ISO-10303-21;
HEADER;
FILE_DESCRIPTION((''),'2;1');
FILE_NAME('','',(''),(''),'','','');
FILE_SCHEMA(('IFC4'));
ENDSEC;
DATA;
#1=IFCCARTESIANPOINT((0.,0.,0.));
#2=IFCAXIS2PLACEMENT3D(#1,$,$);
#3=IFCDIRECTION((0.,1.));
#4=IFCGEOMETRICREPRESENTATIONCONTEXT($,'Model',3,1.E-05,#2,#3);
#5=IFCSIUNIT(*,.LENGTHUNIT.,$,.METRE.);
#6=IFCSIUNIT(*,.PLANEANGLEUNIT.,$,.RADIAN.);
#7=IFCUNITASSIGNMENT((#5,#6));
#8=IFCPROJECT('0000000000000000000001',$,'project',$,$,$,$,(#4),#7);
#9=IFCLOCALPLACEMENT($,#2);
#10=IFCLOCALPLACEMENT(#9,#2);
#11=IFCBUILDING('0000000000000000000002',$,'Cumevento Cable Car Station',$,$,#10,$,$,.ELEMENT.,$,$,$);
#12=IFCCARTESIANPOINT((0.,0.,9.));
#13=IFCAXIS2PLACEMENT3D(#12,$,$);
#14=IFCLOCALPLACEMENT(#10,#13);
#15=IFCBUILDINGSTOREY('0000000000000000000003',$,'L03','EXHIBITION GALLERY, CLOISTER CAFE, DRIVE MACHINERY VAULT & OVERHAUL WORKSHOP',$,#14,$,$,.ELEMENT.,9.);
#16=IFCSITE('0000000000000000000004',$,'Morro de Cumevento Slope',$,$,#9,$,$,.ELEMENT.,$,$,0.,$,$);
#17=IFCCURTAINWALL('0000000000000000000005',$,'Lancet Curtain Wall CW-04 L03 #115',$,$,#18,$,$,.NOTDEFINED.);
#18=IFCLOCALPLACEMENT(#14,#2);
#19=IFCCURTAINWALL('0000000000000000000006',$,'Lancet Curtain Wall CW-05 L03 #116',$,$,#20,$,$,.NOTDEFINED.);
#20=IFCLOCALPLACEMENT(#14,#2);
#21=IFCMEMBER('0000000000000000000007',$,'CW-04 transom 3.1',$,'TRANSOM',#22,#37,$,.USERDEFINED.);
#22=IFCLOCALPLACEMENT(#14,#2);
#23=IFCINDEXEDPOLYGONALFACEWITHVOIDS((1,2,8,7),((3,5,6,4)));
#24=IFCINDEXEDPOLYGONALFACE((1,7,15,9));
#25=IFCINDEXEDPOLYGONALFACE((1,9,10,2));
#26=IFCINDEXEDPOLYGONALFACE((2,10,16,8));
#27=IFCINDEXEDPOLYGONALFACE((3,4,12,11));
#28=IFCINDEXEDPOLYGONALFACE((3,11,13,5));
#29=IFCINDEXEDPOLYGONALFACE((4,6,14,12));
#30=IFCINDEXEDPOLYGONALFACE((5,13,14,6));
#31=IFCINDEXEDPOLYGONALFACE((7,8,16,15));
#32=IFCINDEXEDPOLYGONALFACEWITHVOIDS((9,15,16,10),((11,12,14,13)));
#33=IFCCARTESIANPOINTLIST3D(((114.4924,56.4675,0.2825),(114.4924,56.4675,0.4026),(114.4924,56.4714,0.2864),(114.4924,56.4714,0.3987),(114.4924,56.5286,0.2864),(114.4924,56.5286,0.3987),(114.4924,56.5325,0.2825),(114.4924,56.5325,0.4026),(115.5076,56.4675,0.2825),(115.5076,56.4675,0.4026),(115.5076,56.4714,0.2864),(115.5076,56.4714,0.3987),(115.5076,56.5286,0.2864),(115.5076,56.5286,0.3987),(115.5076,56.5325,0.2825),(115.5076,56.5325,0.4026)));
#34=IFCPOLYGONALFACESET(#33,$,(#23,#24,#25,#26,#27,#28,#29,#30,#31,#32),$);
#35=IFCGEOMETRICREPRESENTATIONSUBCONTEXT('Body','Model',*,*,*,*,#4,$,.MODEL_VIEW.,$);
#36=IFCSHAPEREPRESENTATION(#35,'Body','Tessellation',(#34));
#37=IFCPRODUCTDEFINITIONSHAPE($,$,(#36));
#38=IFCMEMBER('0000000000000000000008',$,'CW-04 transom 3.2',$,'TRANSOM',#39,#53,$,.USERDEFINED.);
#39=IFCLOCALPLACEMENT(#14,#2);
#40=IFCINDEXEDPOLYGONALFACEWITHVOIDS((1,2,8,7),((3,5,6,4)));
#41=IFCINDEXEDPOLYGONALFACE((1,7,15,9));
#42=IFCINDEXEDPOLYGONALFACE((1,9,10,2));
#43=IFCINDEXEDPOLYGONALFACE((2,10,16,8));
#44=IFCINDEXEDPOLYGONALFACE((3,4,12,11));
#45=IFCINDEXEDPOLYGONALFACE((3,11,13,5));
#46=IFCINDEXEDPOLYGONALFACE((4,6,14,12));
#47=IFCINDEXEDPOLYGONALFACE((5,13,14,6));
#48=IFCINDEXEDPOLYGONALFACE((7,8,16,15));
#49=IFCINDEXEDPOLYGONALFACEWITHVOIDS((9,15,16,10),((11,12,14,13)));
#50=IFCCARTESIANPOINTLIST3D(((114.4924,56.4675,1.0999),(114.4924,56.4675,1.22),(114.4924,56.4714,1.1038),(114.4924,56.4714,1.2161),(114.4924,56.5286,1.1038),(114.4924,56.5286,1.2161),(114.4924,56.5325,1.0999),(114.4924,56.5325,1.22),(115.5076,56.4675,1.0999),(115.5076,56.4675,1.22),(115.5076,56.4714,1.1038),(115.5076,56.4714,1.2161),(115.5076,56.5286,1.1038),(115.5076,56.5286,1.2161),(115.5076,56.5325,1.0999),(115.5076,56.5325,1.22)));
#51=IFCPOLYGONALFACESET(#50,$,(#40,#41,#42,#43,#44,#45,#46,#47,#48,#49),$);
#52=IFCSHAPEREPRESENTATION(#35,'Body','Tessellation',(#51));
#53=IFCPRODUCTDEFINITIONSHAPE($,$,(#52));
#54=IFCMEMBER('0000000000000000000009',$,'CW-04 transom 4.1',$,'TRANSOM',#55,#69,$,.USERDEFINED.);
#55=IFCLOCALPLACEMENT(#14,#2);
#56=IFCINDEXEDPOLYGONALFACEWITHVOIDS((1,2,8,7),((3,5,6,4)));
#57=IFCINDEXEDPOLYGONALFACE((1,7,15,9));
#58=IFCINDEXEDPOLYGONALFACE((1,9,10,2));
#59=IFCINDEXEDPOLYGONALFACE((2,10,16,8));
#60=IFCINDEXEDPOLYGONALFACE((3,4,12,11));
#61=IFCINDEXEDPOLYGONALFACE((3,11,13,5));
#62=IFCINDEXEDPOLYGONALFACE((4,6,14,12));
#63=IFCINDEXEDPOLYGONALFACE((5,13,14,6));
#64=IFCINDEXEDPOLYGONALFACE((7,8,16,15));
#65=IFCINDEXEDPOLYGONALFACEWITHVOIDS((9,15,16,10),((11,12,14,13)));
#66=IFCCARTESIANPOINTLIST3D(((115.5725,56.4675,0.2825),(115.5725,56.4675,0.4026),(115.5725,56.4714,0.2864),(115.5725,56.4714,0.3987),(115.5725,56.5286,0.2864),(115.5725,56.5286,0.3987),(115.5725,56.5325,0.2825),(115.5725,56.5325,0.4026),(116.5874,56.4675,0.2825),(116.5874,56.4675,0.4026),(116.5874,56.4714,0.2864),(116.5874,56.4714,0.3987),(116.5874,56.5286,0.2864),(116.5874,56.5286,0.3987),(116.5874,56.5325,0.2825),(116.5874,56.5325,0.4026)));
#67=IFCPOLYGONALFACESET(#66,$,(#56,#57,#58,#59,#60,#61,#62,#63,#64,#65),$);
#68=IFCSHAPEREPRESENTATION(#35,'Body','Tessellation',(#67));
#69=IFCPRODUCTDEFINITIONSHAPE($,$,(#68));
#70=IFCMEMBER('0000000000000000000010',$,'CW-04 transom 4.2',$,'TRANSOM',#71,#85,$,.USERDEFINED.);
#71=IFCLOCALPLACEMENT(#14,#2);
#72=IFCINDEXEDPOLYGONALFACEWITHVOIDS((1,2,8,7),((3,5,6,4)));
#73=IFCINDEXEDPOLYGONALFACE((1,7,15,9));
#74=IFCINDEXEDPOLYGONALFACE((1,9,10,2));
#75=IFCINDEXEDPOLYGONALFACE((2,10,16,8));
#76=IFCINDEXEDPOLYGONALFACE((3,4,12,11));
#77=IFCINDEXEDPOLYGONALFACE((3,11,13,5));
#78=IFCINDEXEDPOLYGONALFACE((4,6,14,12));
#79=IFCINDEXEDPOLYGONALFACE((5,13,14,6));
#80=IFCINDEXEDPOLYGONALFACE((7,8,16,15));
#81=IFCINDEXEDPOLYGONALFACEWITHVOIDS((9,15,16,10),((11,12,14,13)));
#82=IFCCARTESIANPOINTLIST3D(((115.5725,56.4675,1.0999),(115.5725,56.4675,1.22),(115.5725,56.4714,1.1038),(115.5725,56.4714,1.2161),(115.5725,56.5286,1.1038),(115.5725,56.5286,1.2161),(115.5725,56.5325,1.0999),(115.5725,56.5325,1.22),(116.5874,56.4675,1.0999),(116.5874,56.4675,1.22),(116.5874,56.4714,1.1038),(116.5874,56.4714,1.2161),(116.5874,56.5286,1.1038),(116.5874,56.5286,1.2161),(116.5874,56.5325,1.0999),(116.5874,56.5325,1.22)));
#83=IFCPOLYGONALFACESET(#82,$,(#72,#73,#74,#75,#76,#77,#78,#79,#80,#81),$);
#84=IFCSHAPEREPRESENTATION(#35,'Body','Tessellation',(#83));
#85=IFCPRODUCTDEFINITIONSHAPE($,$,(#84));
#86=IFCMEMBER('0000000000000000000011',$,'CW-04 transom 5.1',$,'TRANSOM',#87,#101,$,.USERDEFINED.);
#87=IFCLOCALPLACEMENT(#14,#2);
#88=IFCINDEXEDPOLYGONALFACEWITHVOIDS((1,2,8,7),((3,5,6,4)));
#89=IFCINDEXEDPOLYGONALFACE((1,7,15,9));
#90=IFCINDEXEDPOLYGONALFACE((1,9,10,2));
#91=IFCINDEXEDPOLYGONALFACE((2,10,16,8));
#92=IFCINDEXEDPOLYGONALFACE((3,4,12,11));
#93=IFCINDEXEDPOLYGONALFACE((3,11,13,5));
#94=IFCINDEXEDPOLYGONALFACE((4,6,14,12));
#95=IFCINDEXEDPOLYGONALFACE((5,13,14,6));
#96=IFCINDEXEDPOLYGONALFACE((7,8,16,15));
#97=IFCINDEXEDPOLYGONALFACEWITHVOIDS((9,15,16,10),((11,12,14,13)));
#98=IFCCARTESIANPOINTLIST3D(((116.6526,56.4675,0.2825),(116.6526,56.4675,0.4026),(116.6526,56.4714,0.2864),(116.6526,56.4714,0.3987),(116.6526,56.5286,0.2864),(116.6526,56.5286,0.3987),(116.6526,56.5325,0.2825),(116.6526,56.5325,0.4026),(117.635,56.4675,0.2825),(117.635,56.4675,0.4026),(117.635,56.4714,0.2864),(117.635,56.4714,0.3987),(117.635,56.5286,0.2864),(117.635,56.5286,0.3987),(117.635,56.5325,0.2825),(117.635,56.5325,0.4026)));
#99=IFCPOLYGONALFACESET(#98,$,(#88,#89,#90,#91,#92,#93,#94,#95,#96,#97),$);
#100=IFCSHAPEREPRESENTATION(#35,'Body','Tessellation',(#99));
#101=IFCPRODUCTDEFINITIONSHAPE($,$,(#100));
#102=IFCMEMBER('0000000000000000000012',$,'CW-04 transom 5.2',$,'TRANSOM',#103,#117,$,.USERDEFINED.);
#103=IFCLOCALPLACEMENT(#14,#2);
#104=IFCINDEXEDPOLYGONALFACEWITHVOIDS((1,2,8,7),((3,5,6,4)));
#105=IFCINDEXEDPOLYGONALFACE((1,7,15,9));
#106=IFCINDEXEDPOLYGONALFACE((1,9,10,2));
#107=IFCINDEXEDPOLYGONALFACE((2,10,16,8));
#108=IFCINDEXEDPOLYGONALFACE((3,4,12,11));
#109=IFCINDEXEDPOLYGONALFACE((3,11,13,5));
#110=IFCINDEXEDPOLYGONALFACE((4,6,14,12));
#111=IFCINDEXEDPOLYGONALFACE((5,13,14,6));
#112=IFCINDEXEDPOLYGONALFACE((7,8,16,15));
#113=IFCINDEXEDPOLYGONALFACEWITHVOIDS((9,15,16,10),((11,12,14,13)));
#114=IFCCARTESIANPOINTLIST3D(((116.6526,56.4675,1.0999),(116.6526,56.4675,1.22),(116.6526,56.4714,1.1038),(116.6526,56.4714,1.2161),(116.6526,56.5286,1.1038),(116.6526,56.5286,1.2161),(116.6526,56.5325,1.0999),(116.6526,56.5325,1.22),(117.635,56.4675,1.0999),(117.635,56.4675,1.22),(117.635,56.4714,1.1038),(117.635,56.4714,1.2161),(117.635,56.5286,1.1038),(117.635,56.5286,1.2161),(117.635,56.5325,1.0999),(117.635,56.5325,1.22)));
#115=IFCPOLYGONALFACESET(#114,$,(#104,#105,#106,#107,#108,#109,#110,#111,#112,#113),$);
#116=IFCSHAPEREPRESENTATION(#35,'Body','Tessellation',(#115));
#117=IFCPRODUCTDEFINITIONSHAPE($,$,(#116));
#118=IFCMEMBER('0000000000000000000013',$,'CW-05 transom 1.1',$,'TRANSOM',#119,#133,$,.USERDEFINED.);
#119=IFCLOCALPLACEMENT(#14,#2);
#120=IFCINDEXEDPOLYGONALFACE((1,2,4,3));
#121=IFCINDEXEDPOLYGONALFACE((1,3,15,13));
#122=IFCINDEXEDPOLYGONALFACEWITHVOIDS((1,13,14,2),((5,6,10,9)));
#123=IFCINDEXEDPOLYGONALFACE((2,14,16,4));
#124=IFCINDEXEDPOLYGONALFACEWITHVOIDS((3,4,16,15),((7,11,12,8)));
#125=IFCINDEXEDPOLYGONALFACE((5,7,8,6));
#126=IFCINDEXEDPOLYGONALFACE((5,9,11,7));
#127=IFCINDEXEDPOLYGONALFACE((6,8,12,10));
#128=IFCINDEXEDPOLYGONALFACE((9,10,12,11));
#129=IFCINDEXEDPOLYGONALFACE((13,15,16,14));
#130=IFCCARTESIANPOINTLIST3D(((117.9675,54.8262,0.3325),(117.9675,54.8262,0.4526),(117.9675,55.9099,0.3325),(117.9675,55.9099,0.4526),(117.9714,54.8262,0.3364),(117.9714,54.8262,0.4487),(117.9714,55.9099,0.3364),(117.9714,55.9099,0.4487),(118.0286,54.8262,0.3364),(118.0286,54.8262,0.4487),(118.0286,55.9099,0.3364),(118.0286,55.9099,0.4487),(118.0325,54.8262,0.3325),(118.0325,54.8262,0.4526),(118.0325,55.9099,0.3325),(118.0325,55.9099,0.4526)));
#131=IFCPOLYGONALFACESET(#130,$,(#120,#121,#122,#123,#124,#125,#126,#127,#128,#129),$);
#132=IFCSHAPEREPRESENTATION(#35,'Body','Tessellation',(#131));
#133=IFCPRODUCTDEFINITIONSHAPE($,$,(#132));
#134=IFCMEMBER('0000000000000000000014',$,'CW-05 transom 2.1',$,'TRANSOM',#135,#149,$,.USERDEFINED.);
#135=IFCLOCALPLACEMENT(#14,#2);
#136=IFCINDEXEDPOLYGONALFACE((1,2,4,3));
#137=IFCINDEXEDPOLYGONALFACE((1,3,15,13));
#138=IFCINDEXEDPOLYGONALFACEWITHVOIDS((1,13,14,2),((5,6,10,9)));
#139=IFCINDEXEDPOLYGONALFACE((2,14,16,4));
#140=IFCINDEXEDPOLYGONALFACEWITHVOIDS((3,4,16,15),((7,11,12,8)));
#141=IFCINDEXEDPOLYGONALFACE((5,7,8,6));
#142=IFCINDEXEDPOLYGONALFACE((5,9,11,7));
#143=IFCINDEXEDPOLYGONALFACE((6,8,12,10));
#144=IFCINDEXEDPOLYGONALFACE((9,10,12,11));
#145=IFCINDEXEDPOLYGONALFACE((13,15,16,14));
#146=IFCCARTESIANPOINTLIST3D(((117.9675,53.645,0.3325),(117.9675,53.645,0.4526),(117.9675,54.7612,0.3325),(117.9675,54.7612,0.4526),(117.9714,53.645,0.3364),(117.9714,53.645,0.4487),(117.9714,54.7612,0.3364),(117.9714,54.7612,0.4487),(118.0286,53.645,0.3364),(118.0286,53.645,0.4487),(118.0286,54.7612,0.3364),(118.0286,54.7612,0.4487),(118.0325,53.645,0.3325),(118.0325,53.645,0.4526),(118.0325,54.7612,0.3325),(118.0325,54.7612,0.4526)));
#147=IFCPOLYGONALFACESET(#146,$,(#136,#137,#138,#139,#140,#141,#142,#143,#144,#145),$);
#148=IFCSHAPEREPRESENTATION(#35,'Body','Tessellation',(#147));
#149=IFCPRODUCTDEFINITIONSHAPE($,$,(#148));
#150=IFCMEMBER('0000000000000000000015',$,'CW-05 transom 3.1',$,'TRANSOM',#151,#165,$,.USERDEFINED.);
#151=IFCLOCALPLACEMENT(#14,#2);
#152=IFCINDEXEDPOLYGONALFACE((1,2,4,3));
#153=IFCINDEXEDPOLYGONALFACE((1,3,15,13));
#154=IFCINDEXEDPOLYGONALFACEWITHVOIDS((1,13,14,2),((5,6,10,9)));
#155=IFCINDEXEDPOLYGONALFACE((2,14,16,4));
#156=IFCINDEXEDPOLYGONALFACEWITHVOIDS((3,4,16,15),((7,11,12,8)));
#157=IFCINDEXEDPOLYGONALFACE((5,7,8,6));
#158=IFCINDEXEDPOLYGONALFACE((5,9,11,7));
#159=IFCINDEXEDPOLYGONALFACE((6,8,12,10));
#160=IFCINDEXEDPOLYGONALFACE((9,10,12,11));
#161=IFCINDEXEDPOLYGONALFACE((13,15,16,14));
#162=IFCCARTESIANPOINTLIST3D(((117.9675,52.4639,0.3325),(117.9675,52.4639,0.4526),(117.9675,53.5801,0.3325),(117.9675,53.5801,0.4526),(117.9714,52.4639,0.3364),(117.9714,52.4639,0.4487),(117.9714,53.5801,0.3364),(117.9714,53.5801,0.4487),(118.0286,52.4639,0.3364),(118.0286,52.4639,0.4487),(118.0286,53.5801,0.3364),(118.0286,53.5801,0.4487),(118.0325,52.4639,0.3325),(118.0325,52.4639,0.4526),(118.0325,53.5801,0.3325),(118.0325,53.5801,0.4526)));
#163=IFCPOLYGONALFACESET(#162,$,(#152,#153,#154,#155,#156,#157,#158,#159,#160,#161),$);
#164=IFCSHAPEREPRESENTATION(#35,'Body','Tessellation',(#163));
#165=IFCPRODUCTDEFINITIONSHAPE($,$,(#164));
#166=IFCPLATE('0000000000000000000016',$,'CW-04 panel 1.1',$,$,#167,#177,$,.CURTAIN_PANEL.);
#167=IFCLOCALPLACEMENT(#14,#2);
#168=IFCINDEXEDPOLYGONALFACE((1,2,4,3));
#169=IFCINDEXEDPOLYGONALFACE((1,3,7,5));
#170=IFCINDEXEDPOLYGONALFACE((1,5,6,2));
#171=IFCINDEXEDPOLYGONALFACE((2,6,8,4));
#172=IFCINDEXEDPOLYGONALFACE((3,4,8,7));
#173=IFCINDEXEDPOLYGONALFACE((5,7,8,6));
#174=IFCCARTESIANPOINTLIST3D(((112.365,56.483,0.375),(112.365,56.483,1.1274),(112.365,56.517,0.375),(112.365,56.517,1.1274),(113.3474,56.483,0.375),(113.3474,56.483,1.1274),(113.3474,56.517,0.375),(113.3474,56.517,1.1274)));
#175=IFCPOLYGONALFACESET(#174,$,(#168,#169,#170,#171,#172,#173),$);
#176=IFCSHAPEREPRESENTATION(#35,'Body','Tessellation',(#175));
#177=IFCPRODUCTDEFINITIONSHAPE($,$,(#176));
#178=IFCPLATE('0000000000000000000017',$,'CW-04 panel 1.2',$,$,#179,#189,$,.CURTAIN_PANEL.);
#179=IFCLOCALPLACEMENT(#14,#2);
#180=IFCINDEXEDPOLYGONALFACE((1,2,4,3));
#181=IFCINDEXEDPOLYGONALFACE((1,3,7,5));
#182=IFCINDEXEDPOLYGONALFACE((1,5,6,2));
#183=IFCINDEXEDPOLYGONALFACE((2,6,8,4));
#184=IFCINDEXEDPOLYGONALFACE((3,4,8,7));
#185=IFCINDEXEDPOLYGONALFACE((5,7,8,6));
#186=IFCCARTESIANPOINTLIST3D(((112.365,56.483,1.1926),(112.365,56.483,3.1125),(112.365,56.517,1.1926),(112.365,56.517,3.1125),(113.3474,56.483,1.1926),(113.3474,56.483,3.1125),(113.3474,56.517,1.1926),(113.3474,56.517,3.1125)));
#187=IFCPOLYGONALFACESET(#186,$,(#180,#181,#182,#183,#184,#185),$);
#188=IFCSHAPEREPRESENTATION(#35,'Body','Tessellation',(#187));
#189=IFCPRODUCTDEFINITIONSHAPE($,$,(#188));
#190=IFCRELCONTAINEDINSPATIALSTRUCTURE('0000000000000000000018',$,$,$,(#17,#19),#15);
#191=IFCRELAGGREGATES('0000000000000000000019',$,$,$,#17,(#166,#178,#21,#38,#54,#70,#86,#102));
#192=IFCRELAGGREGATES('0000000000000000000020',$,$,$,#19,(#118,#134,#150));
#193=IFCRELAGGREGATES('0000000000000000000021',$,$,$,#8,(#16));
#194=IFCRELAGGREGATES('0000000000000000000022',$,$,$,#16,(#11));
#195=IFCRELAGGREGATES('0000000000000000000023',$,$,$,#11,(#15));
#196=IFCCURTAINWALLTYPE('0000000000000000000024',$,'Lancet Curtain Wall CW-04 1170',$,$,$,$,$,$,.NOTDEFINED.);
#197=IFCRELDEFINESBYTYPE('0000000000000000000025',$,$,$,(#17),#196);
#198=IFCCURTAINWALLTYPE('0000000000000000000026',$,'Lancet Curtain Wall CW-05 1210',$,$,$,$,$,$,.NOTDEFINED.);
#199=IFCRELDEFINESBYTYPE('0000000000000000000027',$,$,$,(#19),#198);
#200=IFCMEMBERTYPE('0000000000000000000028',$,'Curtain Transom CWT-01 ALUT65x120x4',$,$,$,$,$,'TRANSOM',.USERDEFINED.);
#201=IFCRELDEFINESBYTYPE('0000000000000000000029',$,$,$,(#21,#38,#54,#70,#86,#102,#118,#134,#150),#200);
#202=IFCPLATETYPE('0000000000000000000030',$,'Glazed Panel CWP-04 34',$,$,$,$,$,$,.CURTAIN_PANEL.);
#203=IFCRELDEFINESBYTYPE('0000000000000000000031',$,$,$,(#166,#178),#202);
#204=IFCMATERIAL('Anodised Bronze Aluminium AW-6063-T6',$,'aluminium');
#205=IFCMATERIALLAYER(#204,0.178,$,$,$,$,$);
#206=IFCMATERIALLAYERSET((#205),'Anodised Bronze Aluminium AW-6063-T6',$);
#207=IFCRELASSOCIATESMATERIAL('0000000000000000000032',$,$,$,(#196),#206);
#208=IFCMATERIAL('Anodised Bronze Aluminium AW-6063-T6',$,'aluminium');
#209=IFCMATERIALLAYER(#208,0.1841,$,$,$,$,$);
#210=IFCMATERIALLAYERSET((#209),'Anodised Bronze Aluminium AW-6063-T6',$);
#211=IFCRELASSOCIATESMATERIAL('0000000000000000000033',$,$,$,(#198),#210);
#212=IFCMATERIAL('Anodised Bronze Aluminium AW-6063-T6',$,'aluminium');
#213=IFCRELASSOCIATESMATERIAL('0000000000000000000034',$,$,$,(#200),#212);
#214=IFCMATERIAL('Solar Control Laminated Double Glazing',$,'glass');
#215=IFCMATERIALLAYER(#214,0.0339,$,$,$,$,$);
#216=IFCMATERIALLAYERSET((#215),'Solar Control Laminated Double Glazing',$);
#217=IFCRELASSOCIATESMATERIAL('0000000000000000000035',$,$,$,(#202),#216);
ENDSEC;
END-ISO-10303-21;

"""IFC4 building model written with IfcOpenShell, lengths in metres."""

from ifc_helpers import new_model, si_unit, direction, frame, origin, origin_2d, place, context, subcontext, project, spatial, rectangle, hollow_rectangle, extrude, material, layer, layer_set, material_profile, profile_set, type_object, element, aggregate, save


model = new_model("IFC4")

# Units and contexts
model_context = context("Model", 3, precision=1e-05, world=origin(), true_north=direction((0.0, 1.0)))
body_context = subcontext(model_context, "Body", "Model", "MODEL_VIEW")
ifc_project = project(units=[si_unit("LENGTHUNIT", "METRE"), si_unit("PLANEANGLEUNIT", "RADIAN")], contexts=[model_context])

# Site, building, storey
site_placement = place(None, origin())
site = spatial("IfcSite", under=ifc_project, at=site_placement, Name="Morro de Cumevento Slope", CompositionType="ELEMENT", RefElevation=0.0)
building_placement = place(site_placement, origin())
building = spatial("IfcBuilding", under=site, at=building_placement, Name="Cumevento Cable Car Station", CompositionType="ELEMENT")
storey_placement = place(building_placement, frame((0.0, 0.0, 9.0)))
storey = spatial("IfcBuildingStorey", under=building, at=storey_placement, Name="L03", Description="EXHIBITION GALLERY, CLOISTER CAFE, DRIVE MACHINERY VAULT & OVERHAUL WORKSHOP", CompositionType="ELEMENT", Elevation=9.0)

# Curtain walls
ifc_material_1 = material(Name="Anodised Bronze Aluminium AW-6063-T6", Category="aluminium")
ifc_layer_1 = layer(ifc_material_1, 0.178)
ifc_layer_set_1 = layer_set([ifc_layer_1], Name="Anodised Bronze Aluminium AW-6063-T6")
curtain_wall_type_1 = type_object("IfcCurtainWallType", Name="Lancet Curtain Wall CW-04 1170", PredefinedType="NOTDEFINED", material=ifc_layer_set_1)
curtain_wall_1_placement = place(storey_placement, origin())
curtain_wall_1 = element("IfcCurtainWall", 1, at=curtain_wall_1_placement, inside=storey, type_object=curtain_wall_type_1, Name="Lancet Curtain Wall CW-04 L03 #115", PredefinedType="NOTDEFINED")
ifc_material_2 = material(Name="Anodised Bronze Aluminium AW-6063-T6", Category="aluminium")
ifc_layer_2 = layer(ifc_material_2, 0.1841)
ifc_layer_set_2 = layer_set([ifc_layer_2], Name="Anodised Bronze Aluminium AW-6063-T6")
curtain_wall_type_2 = type_object("IfcCurtainWallType", Name="Lancet Curtain Wall CW-05 1210", PredefinedType="NOTDEFINED", material=ifc_layer_set_2)
curtain_wall_2_placement = place(storey_placement, origin())
curtain_wall_2 = element("IfcCurtainWall", 2, at=curtain_wall_2_placement, inside=storey, type_object=curtain_wall_type_2, Name="Lancet Curtain Wall CW-05 L03 #116", PredefinedType="NOTDEFINED")

# Members
ifc_material_3 = material(Name="Anodised Bronze Aluminium AW-6063-T6", Category="aluminium")
ifc_material_profile_1 = material_profile(ifc_material_3, hollow_rectangle(XDim=0.0649, YDim=0.1201, WallThickness=0.0039, at=origin_2d()), Name="ALUT65x120x4")
ifc_profile_set_1 = profile_set([ifc_material_profile_1], Name="Anodised Bronze Aluminium AW-6063-T6")
member_type_1 = type_object("IfcMemberType", Name="Curtain Transom CWT-01 ALUT65x120x4", ElementType="TRANSOM", PredefinedType="USERDEFINED", material=ifc_profile_set_1)
member_1_placement = place(storey_placement, frame((114.4924, 56.5, 0.3425), z_axis=(1.0, 0.0, 0.0), x_axis=(0.0, 1.0, 0.0)))
member_1 = element("IfcMember", 3, at=member_1_placement, type_object=member_type_1, Name="CW-04 transom 3.1", ObjectType="TRANSOM", PredefinedType="USERDEFINED", context=body_context, shape_type="SweptSolid", body=[
    extrude(hollow_rectangle(XDim=0.0649, YDim=0.1201, WallThickness=0.0039, at=origin_2d()), origin(), (0.0, 0.0, 1.0), 1.0151),
])
member_2_placement = place(storey_placement, frame((114.4924, 56.5, 1.1599), z_axis=(1.0, 0.0, 0.0), x_axis=(0.0, 1.0, 0.0)))
member_2 = element("IfcMember", 4, at=member_2_placement, type_object=member_type_1, Name="CW-04 transom 3.2", ObjectType="TRANSOM", PredefinedType="USERDEFINED", context=body_context, shape_type="SweptSolid", body=[
    extrude(hollow_rectangle(XDim=0.0649, YDim=0.1201, WallThickness=0.0039, at=origin_2d()), origin(), (0.0, 0.0, 1.0), 1.0151),
])
member_3_placement = place(storey_placement, frame((115.5725, 56.5, 0.3425), z_axis=(1.0, 0.0, 0.0), x_axis=(0.0, 1.0, 0.0)))
member_3 = element("IfcMember", 5, at=member_3_placement, type_object=member_type_1, Name="CW-04 transom 4.1", ObjectType="TRANSOM", PredefinedType="USERDEFINED", context=body_context, shape_type="SweptSolid", body=[
    extrude(hollow_rectangle(XDim=0.0649, YDim=0.1201, WallThickness=0.0039, at=origin_2d()), origin(), (0.0, 0.0, 1.0), 1.0149),
])
member_4_placement = place(storey_placement, frame((115.5725, 56.5, 1.1599), z_axis=(1.0, 0.0, 0.0), x_axis=(0.0, 1.0, 0.0)))
member_4 = element("IfcMember", 6, at=member_4_placement, type_object=member_type_1, Name="CW-04 transom 4.2", ObjectType="TRANSOM", PredefinedType="USERDEFINED", context=body_context, shape_type="SweptSolid", body=[
    extrude(hollow_rectangle(XDim=0.0649, YDim=0.1201, WallThickness=0.0039, at=origin_2d()), origin(), (0.0, 0.0, 1.0), 1.0149),
])
member_5_placement = place(storey_placement, frame((116.6526, 56.5, 0.3425), z_axis=(1.0, 0.0, 0.0), x_axis=(0.0, 1.0, 0.0)))
member_5 = element("IfcMember", 7, at=member_5_placement, type_object=member_type_1, Name="CW-04 transom 5.1", ObjectType="TRANSOM", PredefinedType="USERDEFINED", context=body_context, shape_type="SweptSolid", body=[
    extrude(hollow_rectangle(XDim=0.0649, YDim=0.1201, WallThickness=0.0039, at=origin_2d()), origin(), (0.0, 0.0, 1.0), 0.9824),
])
member_6_placement = place(storey_placement, frame((116.6526, 56.5, 1.1599), z_axis=(1.0, 0.0, 0.0), x_axis=(0.0, 1.0, 0.0)))
member_6 = element("IfcMember", 8, at=member_6_placement, type_object=member_type_1, Name="CW-04 transom 5.2", ObjectType="TRANSOM", PredefinedType="USERDEFINED", context=body_context, shape_type="SweptSolid", body=[
    extrude(hollow_rectangle(XDim=0.0649, YDim=0.1201, WallThickness=0.0039, at=origin_2d()), origin(), (0.0, 0.0, 1.0), 0.9824),
])
member_7_placement = place(storey_placement, frame((118.0, 55.9099, 0.3926), z_axis=(0.0, -1.0, 0.0), x_axis=(1.0, 0.0, 0.0)))
member_7 = element("IfcMember", 9, at=member_7_placement, type_object=member_type_1, Name="CW-05 transom 1.1", ObjectType="TRANSOM", PredefinedType="USERDEFINED", context=body_context, shape_type="SweptSolid", body=[
    extrude(hollow_rectangle(XDim=0.0649, YDim=0.1201, WallThickness=0.0039, at=origin_2d()), origin(), (0.0, 0.0, 1.0), 1.0837),
])
member_8_placement = place(storey_placement, frame((118.0, 54.7612, 0.3926), z_axis=(0.0, -1.0, 0.0), x_axis=(1.0, 0.0, 0.0)))
member_8 = element("IfcMember", 10, at=member_8_placement, type_object=member_type_1, Name="CW-05 transom 2.1", ObjectType="TRANSOM", PredefinedType="USERDEFINED", context=body_context, shape_type="SweptSolid", body=[
    extrude(hollow_rectangle(XDim=0.0649, YDim=0.1201, WallThickness=0.0039, at=origin_2d()), origin(), (0.0, 0.0, 1.0), 1.1162),
])
member_9_placement = place(storey_placement, frame((118.0, 53.5801, 0.3926), z_axis=(0.0, -1.0, 0.0), x_axis=(1.0, 0.0, 0.0)))
member_9 = element("IfcMember", 11, at=member_9_placement, type_object=member_type_1, Name="CW-05 transom 3.1", ObjectType="TRANSOM", PredefinedType="USERDEFINED", context=body_context, shape_type="SweptSolid", body=[
    extrude(hollow_rectangle(XDim=0.0649, YDim=0.1201, WallThickness=0.0039, at=origin_2d()), origin(), (0.0, 0.0, 1.0), 1.1162),
])

# Plates
ifc_material_4 = material(Name="Solar Control Laminated Double Glazing", Category="glass")
ifc_layer_3 = layer(ifc_material_4, 0.0339)
ifc_layer_set_3 = layer_set([ifc_layer_3], Name="Solar Control Laminated Double Glazing")
plate_type_1 = type_object("IfcPlateType", Name="Glazed Panel CWP-04 34", PredefinedType="CURTAIN_PANEL", material=ifc_layer_set_3)
plate_1_placement = place(storey_placement, frame((112.8562, 56.5, 0.375), z_axis=(0.0, 0.0, 1.0), x_axis=(1.0, 0.0, 0.0)))
plate_1 = element("IfcPlate", 12, at=plate_1_placement, type_object=plate_type_1, Name="CW-04 panel 1.1", PredefinedType="CURTAIN_PANEL", context=body_context, shape_type="SweptSolid", body=[
    extrude(rectangle(XDim=0.9824, YDim=0.0339, at=origin_2d()), origin(), (0.0, 0.0, 1.0), 0.7524),
])
plate_2_placement = place(storey_placement, frame((112.8562, 56.5, 1.1926), z_axis=(0.0, 0.0, 1.0), x_axis=(1.0, 0.0, 0.0)))
plate_2 = element("IfcPlate", 13, at=plate_2_placement, type_object=plate_type_1, Name="CW-04 panel 1.2", PredefinedType="CURTAIN_PANEL", context=body_context, shape_type="SweptSolid", body=[
    extrude(rectangle(XDim=0.9824, YDim=0.0339, at=origin_2d()), origin(), (0.0, 0.0, 1.0), 1.9199),
])
aggregate(curtain_wall_1, [plate_1, plate_2, member_1, member_2, member_3, member_4, member_5, member_6])
aggregate(curtain_wall_2, [member_7, member_8, member_9])

save(model, "model.ifc")
